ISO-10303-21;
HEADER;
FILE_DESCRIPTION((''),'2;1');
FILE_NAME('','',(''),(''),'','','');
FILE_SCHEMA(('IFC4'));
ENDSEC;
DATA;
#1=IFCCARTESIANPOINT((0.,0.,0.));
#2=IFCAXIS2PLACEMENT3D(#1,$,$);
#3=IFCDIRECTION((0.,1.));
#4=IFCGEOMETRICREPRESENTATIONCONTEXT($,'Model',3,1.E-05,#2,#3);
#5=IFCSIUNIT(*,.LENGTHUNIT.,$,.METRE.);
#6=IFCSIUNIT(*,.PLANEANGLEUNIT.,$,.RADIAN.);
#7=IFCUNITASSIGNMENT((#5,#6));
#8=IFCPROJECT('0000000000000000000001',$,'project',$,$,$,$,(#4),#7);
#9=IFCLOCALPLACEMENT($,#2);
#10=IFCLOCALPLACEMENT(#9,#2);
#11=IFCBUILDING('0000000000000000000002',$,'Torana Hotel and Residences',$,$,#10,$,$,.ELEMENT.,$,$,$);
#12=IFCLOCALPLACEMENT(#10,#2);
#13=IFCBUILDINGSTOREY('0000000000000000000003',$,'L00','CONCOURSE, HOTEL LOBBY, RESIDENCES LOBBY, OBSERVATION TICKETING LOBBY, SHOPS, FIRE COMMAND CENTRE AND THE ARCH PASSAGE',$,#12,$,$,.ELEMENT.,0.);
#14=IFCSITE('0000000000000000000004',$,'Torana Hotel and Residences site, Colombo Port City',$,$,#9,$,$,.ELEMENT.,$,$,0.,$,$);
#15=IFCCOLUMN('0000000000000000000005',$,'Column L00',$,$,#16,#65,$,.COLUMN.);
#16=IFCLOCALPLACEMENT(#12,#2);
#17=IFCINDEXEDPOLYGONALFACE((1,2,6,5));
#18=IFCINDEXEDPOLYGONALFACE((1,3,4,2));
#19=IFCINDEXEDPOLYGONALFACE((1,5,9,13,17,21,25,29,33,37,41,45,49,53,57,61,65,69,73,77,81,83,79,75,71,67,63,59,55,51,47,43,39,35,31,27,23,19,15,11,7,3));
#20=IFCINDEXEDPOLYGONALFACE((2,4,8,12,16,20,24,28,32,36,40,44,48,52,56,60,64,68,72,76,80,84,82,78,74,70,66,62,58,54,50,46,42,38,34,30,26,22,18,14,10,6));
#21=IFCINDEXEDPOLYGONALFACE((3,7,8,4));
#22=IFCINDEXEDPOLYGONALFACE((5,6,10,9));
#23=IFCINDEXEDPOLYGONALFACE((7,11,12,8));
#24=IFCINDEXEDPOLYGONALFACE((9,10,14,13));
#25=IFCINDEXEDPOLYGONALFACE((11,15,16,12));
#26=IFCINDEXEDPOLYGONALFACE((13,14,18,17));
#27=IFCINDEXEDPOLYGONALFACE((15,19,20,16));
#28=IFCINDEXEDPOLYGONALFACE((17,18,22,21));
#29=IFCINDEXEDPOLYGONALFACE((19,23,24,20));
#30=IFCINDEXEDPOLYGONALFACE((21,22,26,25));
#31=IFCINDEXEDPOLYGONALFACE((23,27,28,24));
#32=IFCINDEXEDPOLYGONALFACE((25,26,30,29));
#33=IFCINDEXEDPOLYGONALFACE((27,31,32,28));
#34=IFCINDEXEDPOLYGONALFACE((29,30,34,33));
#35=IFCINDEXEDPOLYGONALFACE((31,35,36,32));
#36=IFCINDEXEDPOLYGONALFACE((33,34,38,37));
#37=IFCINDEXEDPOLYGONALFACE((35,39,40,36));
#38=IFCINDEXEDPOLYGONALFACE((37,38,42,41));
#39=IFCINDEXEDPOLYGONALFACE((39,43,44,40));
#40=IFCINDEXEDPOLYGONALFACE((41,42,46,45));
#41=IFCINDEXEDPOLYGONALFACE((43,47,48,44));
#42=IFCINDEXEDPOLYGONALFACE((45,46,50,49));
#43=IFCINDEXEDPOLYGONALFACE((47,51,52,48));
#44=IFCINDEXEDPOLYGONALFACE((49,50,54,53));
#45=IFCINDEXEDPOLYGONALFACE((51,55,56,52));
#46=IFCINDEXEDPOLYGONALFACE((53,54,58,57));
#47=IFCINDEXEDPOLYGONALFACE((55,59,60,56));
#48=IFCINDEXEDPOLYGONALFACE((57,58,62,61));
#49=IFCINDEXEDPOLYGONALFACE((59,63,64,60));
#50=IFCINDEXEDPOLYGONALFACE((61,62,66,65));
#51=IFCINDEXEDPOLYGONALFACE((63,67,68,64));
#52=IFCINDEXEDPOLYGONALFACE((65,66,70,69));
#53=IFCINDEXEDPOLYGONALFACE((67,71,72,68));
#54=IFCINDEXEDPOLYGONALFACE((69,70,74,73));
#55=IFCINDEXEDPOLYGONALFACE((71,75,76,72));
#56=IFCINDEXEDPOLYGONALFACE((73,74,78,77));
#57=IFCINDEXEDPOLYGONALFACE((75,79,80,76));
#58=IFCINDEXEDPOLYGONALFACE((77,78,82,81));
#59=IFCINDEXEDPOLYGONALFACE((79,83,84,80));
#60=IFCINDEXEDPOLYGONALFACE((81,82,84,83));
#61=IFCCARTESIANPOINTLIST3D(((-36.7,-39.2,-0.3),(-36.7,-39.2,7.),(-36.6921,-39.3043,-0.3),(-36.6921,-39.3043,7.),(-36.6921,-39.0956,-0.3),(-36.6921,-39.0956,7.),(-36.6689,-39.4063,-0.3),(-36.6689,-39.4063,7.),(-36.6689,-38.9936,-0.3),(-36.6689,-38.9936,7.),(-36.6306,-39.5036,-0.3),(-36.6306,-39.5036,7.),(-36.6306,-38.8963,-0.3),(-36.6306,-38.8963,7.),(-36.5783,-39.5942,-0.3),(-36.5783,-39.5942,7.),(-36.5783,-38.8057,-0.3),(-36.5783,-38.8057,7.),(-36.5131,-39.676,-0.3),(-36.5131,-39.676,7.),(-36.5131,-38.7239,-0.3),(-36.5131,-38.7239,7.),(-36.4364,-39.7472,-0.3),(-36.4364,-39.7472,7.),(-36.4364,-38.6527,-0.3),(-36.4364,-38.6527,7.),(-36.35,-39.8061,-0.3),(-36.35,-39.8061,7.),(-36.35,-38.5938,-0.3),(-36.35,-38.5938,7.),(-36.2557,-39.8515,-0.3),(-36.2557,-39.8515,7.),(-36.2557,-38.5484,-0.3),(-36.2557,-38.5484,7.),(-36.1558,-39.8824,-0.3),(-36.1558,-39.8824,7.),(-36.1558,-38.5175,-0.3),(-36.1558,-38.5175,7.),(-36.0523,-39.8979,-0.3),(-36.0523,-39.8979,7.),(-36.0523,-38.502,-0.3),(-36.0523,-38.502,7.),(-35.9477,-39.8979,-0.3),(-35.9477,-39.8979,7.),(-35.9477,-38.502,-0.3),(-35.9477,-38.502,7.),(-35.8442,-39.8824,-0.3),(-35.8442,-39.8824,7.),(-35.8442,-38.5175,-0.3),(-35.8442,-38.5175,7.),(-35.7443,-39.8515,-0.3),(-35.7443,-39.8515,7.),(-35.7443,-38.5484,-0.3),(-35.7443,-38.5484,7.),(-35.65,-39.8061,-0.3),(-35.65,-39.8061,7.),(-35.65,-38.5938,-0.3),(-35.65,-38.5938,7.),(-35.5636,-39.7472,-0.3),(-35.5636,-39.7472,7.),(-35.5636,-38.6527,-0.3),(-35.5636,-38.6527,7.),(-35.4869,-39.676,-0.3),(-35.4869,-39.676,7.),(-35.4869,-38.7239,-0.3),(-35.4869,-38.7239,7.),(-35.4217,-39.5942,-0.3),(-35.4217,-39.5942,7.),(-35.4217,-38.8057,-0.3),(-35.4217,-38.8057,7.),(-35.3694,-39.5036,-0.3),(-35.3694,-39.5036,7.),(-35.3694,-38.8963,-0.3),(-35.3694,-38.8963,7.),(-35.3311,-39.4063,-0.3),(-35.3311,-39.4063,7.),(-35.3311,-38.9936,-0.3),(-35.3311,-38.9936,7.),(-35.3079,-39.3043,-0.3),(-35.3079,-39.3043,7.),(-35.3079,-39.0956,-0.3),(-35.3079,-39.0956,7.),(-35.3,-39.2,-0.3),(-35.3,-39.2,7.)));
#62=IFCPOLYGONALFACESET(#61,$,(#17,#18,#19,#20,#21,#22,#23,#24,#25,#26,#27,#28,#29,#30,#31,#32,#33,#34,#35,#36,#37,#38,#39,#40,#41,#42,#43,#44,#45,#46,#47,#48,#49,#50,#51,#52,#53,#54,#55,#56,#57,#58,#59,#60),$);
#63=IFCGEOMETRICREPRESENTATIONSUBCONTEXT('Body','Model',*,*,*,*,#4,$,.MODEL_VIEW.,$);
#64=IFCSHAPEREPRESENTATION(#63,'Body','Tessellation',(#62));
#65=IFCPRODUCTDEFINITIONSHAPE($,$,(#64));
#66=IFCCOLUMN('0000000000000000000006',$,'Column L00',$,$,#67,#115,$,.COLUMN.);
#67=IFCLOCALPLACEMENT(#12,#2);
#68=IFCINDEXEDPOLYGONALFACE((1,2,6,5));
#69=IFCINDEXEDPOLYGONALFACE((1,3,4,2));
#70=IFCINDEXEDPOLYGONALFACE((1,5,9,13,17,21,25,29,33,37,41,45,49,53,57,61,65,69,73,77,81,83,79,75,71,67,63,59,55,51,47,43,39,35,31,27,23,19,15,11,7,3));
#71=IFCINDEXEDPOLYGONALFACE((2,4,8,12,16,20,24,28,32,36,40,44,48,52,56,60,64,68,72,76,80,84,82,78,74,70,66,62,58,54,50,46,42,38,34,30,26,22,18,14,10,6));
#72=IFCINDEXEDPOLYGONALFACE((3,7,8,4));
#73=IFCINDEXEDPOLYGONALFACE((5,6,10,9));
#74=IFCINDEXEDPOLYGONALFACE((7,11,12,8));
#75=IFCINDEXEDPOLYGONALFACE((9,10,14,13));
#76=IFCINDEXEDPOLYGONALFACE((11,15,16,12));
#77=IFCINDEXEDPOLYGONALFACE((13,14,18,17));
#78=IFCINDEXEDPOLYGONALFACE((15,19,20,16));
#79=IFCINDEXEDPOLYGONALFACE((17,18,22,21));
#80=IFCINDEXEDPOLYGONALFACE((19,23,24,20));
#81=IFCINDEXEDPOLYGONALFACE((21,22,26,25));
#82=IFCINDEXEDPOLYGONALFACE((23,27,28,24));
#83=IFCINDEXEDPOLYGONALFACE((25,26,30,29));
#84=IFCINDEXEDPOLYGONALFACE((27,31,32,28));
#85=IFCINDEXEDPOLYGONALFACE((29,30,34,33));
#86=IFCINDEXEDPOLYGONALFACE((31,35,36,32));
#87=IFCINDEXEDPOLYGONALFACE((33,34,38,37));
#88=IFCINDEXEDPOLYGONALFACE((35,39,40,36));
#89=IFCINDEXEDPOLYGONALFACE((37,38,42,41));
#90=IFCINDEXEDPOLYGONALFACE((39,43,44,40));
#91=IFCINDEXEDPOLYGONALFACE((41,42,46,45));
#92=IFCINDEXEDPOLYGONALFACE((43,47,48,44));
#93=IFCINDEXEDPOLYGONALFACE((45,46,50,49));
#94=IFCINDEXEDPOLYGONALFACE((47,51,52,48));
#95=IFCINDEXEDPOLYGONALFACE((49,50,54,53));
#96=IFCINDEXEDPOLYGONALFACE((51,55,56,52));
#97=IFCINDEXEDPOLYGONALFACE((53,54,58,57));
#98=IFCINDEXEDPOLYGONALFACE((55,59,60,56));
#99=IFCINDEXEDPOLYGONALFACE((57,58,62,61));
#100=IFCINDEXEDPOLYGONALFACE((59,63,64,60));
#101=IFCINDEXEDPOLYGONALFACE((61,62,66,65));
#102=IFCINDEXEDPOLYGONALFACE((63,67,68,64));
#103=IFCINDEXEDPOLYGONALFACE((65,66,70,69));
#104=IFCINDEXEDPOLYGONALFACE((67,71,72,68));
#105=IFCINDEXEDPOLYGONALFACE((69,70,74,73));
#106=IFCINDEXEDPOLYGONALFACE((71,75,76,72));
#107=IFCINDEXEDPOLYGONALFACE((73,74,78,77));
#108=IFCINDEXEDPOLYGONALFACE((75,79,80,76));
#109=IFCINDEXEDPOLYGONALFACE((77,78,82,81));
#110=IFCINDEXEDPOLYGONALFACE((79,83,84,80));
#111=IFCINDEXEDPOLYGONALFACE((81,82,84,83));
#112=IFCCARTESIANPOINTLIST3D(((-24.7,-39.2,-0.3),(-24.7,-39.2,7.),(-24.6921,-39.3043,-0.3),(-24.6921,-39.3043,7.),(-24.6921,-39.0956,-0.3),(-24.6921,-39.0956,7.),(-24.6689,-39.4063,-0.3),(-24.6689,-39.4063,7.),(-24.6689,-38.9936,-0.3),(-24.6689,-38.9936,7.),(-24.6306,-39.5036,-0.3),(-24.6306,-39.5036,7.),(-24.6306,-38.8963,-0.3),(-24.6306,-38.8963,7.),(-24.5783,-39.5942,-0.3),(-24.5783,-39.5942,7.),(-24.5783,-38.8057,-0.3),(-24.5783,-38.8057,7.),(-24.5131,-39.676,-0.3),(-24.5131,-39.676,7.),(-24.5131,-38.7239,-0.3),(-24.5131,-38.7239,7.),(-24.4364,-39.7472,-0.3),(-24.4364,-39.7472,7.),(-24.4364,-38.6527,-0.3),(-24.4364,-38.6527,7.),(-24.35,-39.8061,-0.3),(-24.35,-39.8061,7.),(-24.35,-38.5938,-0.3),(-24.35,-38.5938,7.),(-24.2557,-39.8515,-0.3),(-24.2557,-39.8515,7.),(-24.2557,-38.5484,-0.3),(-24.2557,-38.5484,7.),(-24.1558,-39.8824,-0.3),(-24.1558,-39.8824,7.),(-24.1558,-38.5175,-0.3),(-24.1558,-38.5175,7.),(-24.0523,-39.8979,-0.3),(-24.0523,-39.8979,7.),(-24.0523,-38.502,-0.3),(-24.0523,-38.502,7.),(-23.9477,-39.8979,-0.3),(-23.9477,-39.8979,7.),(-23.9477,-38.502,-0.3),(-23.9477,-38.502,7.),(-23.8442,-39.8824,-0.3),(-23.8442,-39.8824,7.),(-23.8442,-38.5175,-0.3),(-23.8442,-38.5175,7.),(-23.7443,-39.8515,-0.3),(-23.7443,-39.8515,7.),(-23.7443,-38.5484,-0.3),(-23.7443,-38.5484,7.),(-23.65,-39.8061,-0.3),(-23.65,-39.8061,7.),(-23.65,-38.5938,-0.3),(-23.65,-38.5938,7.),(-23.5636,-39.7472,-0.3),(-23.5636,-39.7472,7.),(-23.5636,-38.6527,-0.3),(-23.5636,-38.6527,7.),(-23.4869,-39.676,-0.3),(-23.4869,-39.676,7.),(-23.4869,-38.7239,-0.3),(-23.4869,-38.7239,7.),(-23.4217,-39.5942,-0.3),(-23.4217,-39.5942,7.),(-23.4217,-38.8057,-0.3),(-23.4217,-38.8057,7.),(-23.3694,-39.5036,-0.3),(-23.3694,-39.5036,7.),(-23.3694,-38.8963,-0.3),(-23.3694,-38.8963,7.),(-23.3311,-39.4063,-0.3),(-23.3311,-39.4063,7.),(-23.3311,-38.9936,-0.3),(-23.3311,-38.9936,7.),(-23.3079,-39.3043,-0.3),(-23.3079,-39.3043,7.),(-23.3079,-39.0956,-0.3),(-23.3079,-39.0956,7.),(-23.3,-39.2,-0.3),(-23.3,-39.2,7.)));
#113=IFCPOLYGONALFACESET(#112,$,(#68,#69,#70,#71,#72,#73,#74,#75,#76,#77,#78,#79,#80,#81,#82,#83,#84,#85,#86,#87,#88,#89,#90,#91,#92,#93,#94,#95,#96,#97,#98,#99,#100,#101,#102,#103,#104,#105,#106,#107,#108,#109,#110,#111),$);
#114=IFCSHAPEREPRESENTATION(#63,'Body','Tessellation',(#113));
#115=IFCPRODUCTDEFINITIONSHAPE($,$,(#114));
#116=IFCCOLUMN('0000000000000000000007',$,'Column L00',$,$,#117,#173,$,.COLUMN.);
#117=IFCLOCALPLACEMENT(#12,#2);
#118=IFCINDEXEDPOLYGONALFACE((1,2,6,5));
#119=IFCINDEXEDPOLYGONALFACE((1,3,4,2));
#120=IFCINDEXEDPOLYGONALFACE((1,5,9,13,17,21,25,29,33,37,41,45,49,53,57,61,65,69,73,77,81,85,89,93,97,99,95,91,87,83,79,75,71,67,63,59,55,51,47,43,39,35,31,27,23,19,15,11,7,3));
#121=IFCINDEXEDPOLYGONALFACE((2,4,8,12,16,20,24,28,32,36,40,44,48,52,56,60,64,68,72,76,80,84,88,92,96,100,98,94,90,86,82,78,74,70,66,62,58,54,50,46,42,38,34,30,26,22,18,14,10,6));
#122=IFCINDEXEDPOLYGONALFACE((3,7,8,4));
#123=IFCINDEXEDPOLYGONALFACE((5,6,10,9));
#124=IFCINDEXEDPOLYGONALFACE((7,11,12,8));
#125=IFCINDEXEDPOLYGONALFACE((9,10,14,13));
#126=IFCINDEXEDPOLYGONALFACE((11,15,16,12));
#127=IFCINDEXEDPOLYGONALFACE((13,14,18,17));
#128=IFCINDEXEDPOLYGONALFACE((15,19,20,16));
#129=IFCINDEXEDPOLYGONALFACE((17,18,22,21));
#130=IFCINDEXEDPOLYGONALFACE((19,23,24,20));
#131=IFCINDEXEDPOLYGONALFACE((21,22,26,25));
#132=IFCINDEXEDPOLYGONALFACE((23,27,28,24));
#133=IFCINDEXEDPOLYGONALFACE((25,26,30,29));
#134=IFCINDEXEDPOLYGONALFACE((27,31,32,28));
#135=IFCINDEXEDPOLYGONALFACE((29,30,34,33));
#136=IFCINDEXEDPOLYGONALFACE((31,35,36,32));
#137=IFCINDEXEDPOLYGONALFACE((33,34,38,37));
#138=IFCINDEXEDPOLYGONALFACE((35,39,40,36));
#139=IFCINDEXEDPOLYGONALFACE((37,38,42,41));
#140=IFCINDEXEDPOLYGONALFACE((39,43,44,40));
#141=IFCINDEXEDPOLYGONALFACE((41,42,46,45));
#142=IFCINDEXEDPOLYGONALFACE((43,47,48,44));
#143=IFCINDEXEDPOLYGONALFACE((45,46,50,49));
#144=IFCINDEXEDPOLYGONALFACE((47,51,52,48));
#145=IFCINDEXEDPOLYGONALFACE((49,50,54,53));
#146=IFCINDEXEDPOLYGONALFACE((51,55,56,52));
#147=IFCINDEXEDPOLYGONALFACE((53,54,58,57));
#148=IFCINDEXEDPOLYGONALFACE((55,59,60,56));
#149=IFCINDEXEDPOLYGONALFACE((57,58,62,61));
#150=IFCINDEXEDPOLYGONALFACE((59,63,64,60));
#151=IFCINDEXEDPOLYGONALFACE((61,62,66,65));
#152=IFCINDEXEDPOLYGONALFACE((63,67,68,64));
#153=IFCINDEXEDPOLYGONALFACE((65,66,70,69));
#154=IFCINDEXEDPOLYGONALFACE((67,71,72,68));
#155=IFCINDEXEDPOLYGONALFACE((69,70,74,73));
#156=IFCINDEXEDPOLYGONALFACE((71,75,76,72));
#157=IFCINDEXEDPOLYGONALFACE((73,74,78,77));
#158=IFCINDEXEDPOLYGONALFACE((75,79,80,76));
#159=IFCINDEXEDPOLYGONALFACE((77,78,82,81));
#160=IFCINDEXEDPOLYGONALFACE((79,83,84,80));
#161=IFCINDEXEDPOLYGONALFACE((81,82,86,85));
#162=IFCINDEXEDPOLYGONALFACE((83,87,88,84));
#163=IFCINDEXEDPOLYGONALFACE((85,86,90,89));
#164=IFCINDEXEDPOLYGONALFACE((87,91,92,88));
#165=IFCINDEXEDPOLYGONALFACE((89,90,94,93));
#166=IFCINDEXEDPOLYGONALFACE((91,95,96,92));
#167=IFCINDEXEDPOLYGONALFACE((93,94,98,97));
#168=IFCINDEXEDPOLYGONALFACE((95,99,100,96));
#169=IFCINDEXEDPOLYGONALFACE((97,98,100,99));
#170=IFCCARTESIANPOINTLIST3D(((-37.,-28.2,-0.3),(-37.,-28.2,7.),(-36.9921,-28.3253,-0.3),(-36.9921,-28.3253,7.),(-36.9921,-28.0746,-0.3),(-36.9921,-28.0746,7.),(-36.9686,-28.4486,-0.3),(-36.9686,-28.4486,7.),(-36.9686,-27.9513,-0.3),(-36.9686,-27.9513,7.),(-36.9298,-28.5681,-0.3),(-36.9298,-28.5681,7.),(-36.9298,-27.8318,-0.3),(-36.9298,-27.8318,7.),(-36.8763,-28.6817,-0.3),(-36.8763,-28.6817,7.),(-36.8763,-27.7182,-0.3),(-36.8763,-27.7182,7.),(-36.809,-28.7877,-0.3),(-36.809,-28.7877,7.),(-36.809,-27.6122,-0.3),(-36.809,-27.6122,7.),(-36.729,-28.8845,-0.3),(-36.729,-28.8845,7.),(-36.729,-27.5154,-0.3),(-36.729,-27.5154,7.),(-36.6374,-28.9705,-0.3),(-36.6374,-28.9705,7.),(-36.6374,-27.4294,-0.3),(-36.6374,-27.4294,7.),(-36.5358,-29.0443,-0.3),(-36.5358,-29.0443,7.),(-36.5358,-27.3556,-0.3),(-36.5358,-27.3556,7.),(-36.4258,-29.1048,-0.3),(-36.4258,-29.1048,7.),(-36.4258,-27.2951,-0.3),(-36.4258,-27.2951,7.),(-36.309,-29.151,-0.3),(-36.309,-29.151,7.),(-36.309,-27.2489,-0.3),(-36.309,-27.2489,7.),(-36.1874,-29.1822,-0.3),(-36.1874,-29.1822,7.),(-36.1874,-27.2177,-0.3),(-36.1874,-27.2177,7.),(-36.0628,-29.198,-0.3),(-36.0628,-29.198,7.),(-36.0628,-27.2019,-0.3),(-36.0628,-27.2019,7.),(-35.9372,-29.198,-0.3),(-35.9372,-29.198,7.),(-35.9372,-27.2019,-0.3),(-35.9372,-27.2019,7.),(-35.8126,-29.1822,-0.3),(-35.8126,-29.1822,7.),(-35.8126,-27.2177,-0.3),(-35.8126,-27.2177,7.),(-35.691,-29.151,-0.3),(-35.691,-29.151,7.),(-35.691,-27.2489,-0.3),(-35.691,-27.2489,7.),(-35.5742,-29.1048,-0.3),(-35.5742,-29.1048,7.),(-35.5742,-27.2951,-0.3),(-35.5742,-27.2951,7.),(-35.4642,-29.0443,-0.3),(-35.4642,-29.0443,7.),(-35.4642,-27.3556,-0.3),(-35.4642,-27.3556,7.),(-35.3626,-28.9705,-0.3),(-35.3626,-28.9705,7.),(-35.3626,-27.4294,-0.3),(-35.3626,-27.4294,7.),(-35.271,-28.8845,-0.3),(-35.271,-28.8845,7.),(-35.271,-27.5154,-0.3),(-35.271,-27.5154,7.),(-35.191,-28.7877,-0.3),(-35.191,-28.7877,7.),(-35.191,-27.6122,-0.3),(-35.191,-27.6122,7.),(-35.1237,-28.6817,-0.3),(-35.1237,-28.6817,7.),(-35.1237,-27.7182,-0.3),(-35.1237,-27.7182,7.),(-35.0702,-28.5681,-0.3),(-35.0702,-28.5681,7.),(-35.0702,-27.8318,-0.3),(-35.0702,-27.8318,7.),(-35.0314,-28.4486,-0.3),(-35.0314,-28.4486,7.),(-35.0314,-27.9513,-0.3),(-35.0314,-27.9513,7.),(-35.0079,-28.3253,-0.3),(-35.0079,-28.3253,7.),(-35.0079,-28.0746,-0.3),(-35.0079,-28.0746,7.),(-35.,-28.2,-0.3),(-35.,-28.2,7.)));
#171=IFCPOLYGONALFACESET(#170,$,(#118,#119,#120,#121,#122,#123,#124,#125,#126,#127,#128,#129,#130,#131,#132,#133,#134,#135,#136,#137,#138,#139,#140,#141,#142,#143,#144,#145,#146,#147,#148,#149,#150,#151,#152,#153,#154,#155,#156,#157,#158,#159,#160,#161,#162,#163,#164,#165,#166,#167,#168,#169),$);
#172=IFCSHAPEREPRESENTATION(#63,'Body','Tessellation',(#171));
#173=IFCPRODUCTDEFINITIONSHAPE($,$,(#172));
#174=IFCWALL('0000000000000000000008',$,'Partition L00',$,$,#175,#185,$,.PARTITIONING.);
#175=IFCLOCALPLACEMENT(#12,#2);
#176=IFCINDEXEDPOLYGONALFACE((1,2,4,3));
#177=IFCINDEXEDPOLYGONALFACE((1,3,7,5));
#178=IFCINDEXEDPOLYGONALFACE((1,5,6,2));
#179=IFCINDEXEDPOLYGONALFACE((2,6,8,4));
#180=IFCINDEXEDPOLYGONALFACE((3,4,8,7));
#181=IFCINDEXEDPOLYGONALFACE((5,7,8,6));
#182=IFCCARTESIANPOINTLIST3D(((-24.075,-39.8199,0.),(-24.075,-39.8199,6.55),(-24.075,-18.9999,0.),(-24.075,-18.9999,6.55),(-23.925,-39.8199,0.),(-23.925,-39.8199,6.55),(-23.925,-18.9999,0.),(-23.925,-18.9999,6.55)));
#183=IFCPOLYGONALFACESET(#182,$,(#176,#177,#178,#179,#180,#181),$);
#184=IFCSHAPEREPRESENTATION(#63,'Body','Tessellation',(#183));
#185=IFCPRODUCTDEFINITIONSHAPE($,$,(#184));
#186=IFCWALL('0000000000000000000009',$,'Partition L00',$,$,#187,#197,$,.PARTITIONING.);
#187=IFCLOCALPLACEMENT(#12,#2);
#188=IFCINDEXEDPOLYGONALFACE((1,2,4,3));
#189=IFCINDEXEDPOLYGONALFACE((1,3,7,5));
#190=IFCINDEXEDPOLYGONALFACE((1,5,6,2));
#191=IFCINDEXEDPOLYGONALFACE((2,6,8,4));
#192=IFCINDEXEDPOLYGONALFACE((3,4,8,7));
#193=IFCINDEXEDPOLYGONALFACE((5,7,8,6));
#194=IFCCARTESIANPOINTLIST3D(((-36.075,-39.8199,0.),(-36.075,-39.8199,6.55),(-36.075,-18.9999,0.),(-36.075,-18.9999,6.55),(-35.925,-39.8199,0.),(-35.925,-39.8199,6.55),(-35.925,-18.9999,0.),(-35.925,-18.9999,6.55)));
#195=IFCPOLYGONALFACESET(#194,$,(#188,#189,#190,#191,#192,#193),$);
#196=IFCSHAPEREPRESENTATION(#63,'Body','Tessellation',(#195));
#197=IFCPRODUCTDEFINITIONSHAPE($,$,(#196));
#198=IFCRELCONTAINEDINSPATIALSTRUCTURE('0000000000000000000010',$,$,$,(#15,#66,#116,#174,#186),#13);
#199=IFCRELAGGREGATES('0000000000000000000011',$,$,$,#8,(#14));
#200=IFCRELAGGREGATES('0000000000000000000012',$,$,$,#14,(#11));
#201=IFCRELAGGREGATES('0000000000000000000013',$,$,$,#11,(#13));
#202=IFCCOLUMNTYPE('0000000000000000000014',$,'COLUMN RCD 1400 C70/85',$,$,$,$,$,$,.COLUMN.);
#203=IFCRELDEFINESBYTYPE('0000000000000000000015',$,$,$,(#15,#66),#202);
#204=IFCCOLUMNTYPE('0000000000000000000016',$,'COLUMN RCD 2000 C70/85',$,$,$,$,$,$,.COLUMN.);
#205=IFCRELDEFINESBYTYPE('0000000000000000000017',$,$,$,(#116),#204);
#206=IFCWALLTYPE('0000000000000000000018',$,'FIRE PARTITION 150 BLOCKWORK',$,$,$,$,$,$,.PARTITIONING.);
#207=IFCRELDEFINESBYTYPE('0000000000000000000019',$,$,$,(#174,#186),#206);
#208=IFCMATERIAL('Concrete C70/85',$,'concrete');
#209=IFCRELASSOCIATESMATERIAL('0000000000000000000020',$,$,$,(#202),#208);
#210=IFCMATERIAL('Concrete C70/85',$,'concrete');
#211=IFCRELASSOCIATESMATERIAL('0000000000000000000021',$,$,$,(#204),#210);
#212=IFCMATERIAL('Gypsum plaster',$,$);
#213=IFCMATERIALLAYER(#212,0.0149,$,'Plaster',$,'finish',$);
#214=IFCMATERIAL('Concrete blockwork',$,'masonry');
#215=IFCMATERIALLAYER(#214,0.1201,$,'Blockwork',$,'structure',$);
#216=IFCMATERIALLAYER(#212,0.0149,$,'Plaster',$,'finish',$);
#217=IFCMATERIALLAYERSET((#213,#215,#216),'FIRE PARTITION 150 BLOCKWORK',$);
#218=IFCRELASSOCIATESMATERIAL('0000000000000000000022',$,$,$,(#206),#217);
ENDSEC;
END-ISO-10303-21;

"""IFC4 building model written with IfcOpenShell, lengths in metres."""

from ifc_helpers import new_model, si_unit, direction, frame, frame_2d, origin, origin_2d, place, context, subcontext, project, spatial, rectangle, circle, extrude, material, layer, layer_set, material_profile, profile_set, type_object, element, save


model = new_model("IFC4")

# Units and contexts
model_context = context("Model", 3, precision=1e-05, world=origin(), true_north=direction((0.0, 1.0)))
body_context = subcontext(model_context, "Body", "Model", "MODEL_VIEW")
ifc_project = project(units=[si_unit("LENGTHUNIT", "METRE"), si_unit("PLANEANGLEUNIT", "RADIAN")], contexts=[model_context])

# Site, building, storey
site_placement = place(None, origin())
site = spatial("IfcSite", under=ifc_project, at=site_placement, Name="Torana Hotel and Residences site, Colombo Port City", CompositionType="ELEMENT", RefElevation=0.0)
building_placement = place(site_placement, origin())
building = spatial("IfcBuilding", under=site, at=building_placement, Name="Torana Hotel and Residences", CompositionType="ELEMENT")
storey_placement = place(building_placement, origin())
storey = spatial("IfcBuildingStorey", under=building, at=storey_placement, Name="L00", Description="CONCOURSE, HOTEL LOBBY, RESIDENCES LOBBY, OBSERVATION TICKETING LOBBY, SHOPS, FIRE COMMAND CENTRE AND THE ARCH PASSAGE", CompositionType="ELEMENT", Elevation=0.0)

# Columns
ifc_material_1 = material(Name="Concrete C70/85", Category="concrete")
ifc_material_profile_1 = material_profile(ifc_material_1, circle(Radius=0.7, at=origin_2d()), Name="RCD 1400")
ifc_profile_set_1 = profile_set([ifc_material_profile_1], Name="Concrete C70/85")
column_type_1 = type_object("IfcColumnType", Name="COLUMN RCD 1400 C70/85", PredefinedType="COLUMN", material=ifc_profile_set_1)
for number, where, z_axis, x_axis, name in (
    (1, (-36.0, -39.2, -0.3), (0.0, 0.0, 1.0), (1.0, 0.0, 0.0), "Column L00"),
    (2, (-24.0, -39.2, -0.3), (0.0, 0.0, 1.0), (1.0, 0.0, 0.0), "Column L00"),
):
    element("IfcColumn", number, at=place(storey_placement, frame(where, z_axis=z_axis, x_axis=x_axis)), inside=storey, type_object=column_type_1, Name=name, PredefinedType="COLUMN", context=body_context, shape_type="SweptSolid", body=[
        extrude(circle(Radius=0.7, at=origin_2d()), origin(), (0.0, 0.0, 1.0), 7.3),
    ])
ifc_material_2 = material(Name="Concrete C70/85", Category="concrete")
ifc_material_profile_2 = material_profile(ifc_material_2, circle(Radius=1.0, at=origin_2d()), Name="RCD 2000")
ifc_profile_set_2 = profile_set([ifc_material_profile_2], Name="Concrete C70/85")
column_type_2 = type_object("IfcColumnType", Name="COLUMN RCD 2000 C70/85", PredefinedType="COLUMN", material=ifc_profile_set_2)
column_placement = place(storey_placement, frame((-36.0, -28.2, -0.3), z_axis=(0.0, 0.0, 1.0), x_axis=(1.0, 0.0, 0.0)))
element("IfcColumn", 3, at=column_placement, inside=storey, type_object=column_type_2, Name="Column L00", PredefinedType="COLUMN", context=body_context, shape_type="SweptSolid", body=[
    extrude(circle(Radius=1.0, at=origin_2d()), origin(), (0.0, 0.0, 1.0), 7.3),
])

# Walls
ifc_material_3 = material(Name="Gypsum plaster")
ifc_layer_1 = layer(ifc_material_3, 0.0149, Name="Plaster", Category="finish")
ifc_material_4 = material(Name="Concrete blockwork", Category="masonry")
ifc_layer_2 = layer(ifc_material_4, 0.1201, Name="Blockwork", Category="structure")
ifc_layer_3 = layer(ifc_material_3, 0.0149, Name="Plaster", Category="finish")
ifc_layer_set = layer_set([ifc_layer_1, ifc_layer_2, ifc_layer_3], Name="FIRE PARTITION 150 BLOCKWORK")
wall_type = type_object("IfcWallType", Name="FIRE PARTITION 150 BLOCKWORK", PredefinedType="PARTITIONING", material=ifc_layer_set)
for number, where, z_axis, x_axis, name in (
    (4, (-24.0, -39.8201, 0.0), (0.0, 0.0, 1.0), (0.0, 1.0, 0.0), "Partition L00"),
    (5, (-36.0, -39.8201, 0.0), (0.0, 0.0, 1.0), (0.0, 1.0, 0.0), "Partition L00"),
):
    element("IfcWall", number, at=place(storey_placement, frame(where, z_axis=z_axis, x_axis=x_axis)), inside=storey, type_object=wall_type, Name=name, PredefinedType="PARTITIONING", context=body_context, shape_type="SweptSolid", body=[
        extrude(rectangle(XDim=20.8201, YDim=0.1499, at=frame_2d((10.4102, 0.0))), origin(), (0.0, 0.0, 1.0), 6.55),
    ])

save(model, "model.ifc")
